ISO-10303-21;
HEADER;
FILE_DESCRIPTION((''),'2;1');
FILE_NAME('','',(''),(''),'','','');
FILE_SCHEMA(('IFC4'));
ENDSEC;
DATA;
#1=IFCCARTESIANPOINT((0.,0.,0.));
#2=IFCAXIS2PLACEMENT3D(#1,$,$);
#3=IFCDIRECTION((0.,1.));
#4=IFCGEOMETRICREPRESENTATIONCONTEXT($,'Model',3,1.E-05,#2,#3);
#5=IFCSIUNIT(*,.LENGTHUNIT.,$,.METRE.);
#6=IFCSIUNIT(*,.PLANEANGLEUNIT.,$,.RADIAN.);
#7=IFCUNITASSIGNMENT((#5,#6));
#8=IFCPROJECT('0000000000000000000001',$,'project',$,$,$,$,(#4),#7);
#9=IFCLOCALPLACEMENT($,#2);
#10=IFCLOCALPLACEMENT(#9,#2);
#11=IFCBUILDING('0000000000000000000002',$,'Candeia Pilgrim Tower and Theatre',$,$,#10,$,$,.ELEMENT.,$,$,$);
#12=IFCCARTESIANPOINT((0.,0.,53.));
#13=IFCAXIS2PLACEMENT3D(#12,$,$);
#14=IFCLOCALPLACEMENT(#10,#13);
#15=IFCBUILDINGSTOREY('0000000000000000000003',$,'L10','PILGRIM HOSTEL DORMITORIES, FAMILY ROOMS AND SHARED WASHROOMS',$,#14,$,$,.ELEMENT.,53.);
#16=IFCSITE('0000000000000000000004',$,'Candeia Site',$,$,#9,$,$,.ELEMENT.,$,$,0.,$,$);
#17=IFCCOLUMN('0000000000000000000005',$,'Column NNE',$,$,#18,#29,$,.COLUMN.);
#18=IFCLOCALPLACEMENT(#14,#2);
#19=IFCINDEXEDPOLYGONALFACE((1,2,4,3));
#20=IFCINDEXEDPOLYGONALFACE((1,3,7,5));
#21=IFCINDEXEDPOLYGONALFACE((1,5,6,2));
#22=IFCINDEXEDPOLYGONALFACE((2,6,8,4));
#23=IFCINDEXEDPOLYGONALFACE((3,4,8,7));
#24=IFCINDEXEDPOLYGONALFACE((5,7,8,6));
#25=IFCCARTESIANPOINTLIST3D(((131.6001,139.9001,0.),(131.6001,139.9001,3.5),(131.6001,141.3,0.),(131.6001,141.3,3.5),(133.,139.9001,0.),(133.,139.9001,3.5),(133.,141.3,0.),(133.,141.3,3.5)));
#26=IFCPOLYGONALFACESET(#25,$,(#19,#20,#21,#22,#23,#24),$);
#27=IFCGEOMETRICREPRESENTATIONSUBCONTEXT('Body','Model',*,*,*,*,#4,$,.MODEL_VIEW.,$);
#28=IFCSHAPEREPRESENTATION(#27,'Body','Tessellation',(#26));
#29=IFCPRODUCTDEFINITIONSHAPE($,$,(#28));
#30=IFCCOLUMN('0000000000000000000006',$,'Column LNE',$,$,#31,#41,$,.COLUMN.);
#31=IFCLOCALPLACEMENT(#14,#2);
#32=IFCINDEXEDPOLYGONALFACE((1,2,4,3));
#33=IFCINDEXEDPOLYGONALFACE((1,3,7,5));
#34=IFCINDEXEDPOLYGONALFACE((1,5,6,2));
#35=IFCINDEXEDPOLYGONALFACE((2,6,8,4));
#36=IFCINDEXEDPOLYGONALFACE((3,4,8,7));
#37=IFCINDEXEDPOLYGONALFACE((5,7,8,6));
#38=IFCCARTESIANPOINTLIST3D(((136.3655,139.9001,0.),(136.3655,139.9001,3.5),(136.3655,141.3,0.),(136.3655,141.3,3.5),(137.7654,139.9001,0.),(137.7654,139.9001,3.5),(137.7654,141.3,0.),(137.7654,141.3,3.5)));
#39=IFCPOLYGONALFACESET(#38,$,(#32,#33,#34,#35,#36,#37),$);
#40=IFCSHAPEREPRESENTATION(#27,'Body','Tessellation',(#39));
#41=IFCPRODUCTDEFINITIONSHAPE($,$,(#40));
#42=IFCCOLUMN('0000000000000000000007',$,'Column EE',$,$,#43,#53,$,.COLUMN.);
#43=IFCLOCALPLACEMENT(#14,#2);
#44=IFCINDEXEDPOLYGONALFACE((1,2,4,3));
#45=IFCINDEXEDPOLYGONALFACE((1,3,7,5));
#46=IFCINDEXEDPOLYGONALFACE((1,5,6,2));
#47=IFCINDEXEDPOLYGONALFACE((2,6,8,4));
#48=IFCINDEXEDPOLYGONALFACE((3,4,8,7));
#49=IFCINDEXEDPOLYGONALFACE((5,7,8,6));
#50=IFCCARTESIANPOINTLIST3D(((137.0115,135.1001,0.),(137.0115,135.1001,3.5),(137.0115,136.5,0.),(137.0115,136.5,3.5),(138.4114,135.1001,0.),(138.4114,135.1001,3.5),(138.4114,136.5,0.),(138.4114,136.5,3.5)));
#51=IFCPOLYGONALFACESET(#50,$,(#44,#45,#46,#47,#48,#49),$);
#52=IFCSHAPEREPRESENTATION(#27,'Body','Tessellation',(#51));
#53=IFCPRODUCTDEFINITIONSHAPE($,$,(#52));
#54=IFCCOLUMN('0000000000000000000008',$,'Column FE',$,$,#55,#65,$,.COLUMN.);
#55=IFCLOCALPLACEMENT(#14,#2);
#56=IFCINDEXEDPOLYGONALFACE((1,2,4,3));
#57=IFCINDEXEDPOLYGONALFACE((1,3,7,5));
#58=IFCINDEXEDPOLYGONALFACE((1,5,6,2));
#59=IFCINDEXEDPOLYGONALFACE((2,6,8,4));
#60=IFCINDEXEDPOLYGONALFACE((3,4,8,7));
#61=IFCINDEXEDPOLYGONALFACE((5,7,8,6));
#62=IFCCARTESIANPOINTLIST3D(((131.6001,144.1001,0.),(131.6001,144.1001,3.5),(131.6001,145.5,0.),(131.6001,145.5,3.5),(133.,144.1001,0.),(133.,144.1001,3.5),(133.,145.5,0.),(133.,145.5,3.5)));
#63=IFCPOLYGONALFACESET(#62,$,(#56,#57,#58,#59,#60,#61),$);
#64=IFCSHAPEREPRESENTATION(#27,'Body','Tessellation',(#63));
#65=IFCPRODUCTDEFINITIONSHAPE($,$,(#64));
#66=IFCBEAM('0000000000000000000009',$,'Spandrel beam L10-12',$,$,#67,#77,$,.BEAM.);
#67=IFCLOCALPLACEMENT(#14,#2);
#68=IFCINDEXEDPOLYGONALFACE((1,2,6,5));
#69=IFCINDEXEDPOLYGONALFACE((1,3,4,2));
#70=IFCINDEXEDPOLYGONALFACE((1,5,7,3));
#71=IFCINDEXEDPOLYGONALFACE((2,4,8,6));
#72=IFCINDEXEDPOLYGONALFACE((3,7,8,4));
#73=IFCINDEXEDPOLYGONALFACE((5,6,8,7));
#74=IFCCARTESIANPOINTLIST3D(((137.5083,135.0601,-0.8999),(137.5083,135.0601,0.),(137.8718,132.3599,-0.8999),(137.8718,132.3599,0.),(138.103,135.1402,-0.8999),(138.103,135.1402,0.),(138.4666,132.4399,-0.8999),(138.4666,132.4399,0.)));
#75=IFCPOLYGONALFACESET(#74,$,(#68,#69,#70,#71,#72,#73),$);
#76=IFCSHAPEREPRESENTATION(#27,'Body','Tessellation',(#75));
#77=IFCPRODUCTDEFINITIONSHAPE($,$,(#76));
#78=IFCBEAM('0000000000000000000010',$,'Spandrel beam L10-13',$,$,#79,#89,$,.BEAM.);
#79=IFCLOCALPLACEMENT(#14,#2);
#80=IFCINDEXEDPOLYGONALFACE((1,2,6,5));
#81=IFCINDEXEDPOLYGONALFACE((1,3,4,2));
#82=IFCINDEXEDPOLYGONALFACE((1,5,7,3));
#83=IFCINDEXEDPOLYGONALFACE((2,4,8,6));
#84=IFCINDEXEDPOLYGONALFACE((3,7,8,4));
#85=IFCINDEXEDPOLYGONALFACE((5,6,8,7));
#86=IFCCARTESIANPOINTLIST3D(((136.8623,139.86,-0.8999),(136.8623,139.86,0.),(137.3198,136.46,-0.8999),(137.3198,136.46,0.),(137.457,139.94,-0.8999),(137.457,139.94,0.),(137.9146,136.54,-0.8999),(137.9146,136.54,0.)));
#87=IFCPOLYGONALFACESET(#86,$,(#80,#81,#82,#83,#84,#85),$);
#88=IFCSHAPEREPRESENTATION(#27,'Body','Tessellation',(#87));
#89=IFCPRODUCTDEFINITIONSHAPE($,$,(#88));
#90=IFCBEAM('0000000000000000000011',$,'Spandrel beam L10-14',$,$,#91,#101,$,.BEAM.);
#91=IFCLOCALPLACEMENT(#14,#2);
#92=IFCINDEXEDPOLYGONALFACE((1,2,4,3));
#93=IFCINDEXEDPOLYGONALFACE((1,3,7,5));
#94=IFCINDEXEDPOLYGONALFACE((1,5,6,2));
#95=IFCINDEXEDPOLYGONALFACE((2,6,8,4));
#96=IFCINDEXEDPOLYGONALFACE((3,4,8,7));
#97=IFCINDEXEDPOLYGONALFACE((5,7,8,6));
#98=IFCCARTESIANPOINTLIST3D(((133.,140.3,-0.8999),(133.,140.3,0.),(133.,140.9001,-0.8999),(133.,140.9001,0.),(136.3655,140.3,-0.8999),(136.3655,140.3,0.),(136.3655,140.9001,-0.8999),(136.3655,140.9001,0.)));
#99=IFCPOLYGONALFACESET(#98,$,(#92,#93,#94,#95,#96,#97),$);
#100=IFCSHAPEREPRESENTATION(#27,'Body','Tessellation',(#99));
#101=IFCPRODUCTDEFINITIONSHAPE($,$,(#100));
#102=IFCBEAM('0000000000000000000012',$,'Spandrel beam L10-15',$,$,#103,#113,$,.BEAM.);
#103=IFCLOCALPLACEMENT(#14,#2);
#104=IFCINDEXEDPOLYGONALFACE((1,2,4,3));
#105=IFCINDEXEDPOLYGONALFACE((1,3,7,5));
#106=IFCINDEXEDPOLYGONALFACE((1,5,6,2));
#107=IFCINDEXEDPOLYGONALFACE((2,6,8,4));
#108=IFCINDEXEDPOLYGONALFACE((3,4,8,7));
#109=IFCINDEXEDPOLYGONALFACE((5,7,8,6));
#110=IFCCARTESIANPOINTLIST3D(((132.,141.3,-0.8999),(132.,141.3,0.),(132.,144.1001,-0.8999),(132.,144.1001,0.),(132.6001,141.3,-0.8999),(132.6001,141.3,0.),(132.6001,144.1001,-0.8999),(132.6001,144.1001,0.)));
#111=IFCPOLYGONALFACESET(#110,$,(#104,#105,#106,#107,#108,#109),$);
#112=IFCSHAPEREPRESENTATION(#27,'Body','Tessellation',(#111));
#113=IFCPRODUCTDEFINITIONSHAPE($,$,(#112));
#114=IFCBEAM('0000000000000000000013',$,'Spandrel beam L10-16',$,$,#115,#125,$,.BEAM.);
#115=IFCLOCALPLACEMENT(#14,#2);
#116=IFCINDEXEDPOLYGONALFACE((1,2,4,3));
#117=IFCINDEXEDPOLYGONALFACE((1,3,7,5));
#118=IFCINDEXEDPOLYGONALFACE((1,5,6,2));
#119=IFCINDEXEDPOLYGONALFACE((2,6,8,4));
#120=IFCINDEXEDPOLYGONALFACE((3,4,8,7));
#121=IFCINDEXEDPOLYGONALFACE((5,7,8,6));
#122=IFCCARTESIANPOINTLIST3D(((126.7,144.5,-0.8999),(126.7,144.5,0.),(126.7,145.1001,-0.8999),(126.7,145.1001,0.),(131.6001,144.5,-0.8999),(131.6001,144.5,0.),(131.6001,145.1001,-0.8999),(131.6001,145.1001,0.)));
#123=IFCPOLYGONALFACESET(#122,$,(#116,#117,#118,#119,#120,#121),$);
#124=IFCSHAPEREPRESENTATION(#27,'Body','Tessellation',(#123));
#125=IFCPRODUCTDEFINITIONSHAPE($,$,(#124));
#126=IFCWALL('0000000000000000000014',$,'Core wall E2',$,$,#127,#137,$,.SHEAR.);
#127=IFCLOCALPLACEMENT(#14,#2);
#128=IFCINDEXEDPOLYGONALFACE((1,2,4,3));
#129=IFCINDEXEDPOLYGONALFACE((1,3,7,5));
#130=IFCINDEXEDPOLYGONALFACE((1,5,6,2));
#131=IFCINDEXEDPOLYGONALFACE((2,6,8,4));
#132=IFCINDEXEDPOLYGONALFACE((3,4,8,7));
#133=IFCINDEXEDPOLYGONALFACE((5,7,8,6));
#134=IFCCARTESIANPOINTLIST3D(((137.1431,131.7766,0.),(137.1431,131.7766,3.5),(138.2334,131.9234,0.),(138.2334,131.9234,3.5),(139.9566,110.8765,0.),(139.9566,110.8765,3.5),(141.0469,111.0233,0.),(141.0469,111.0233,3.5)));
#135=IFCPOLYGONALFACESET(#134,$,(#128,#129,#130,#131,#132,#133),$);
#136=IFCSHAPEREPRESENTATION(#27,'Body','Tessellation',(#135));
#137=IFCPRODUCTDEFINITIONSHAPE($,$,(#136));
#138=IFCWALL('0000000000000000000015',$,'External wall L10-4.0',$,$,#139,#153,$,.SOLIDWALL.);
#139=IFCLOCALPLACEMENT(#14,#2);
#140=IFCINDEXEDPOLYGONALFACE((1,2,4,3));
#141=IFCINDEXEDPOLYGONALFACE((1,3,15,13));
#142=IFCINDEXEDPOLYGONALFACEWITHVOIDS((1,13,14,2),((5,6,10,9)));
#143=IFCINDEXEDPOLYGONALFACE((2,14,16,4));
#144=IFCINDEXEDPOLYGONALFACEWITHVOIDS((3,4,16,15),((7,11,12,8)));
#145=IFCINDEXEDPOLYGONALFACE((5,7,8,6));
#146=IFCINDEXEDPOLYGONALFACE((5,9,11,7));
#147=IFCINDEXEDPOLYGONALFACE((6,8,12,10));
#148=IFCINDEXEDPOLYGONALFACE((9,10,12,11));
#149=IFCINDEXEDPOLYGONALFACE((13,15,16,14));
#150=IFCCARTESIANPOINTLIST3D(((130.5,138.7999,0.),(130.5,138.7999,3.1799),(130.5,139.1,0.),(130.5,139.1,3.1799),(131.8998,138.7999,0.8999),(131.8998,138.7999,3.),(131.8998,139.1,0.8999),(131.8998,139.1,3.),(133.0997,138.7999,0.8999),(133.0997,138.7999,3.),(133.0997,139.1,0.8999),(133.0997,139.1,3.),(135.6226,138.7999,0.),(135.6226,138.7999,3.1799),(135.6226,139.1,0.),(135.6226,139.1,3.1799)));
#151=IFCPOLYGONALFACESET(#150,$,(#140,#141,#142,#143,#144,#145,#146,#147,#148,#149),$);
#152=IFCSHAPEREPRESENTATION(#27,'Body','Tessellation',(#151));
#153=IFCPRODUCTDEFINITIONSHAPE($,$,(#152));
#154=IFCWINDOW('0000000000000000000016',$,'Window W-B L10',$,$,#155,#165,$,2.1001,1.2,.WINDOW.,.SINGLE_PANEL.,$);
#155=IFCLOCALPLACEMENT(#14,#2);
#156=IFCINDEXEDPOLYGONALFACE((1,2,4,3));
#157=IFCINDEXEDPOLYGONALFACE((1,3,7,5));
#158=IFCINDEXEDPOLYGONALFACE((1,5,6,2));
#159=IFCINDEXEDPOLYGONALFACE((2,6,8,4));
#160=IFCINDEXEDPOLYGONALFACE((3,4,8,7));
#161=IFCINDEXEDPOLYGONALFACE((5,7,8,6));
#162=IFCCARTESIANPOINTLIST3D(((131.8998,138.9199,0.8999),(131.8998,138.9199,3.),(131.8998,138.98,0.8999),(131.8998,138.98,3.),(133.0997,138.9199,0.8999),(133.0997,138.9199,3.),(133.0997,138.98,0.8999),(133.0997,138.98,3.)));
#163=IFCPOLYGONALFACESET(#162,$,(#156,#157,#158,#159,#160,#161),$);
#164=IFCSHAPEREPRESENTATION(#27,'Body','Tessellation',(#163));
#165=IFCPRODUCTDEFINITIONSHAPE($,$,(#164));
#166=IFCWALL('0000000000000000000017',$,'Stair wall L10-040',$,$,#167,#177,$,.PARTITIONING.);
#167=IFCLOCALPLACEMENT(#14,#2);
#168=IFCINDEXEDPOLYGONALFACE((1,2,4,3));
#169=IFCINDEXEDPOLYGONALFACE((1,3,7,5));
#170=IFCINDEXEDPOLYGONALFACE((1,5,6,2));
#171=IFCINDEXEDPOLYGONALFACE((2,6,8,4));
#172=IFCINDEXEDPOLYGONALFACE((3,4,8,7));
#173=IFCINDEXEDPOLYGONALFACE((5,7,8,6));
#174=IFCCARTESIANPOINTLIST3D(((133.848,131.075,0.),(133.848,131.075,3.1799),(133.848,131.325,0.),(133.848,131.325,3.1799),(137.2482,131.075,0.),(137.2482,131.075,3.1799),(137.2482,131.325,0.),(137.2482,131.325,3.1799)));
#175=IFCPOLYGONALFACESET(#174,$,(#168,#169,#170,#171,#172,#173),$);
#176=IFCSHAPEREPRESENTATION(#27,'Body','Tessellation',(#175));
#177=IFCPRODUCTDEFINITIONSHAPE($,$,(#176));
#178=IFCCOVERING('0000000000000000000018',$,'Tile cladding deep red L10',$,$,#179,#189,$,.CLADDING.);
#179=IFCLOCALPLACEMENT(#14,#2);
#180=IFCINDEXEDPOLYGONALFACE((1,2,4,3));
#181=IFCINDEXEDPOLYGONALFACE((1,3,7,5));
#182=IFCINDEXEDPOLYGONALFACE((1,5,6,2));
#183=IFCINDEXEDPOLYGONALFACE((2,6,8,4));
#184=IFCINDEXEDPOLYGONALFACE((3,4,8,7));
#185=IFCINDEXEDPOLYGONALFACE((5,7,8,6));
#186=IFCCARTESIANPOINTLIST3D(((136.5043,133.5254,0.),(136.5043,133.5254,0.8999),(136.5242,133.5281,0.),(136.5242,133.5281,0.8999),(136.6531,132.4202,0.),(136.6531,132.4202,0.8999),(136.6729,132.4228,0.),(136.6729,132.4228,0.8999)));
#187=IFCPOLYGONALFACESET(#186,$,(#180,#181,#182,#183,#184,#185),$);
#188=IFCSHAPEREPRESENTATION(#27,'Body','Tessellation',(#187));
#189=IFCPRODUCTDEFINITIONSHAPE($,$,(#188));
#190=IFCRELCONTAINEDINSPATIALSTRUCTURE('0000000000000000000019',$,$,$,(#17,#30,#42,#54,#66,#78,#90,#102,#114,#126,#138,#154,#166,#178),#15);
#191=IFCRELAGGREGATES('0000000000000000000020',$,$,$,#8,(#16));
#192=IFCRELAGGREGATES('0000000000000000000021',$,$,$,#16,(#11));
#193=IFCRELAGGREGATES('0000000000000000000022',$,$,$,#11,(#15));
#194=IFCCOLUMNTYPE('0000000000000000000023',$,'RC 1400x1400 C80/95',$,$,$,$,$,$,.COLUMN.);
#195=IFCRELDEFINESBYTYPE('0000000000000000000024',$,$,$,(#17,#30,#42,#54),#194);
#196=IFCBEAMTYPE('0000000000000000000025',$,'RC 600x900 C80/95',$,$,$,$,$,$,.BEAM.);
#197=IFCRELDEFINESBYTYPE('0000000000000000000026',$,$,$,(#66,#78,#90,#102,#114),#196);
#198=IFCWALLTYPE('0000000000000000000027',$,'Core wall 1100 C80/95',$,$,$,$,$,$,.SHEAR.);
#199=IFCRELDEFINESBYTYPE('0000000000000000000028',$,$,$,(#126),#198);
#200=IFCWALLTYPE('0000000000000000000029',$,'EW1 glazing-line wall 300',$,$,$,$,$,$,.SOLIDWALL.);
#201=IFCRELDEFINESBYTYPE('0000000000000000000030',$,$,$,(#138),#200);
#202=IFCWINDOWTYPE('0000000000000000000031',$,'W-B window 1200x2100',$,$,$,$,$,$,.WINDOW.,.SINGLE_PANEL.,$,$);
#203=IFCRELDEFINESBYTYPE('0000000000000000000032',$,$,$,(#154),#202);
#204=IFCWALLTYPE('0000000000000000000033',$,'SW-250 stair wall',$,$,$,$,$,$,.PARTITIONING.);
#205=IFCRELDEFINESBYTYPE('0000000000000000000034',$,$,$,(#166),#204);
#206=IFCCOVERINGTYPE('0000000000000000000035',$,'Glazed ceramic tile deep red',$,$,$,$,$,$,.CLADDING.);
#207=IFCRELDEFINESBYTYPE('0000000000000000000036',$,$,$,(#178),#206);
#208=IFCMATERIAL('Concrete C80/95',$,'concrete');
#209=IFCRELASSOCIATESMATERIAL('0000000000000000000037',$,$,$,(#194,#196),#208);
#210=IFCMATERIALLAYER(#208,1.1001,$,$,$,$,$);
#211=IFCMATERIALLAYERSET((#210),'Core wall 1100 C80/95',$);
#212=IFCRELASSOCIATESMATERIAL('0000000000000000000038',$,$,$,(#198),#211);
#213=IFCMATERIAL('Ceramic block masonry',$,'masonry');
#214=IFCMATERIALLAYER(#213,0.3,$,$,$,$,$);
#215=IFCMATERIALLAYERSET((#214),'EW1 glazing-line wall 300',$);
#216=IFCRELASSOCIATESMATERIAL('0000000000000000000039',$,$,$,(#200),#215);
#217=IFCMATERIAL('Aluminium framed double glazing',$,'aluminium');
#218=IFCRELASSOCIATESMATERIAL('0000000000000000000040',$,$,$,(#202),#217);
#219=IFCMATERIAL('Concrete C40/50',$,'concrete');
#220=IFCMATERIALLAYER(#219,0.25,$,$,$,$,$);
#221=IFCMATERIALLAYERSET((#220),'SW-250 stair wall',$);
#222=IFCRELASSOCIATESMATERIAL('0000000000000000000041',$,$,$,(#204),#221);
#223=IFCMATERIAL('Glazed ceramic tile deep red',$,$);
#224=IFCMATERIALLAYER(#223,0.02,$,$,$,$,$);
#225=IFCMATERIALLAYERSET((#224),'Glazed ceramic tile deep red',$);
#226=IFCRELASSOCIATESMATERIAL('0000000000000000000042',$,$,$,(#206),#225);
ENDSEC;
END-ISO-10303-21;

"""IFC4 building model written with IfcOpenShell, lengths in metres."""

from ifc_helpers import new_model, si_unit, direction, frame, frame_2d, origin, origin_2d, place, context, subcontext, project, spatial, rectangle, extrude, material, layer, layer_set, material_profile, profile_set, type_object, element, fill, save


model = new_model("IFC4")

# Units and contexts
model_context = context("Model", 3, precision=1e-05, world=origin(), true_north=direction((0.0, 1.0)))
body_context = subcontext(model_context, "Body", "Model", "MODEL_VIEW")
ifc_project = project(units=[si_unit("LENGTHUNIT", "METRE"), si_unit("PLANEANGLEUNIT", "RADIAN")], contexts=[model_context])

# Site, building, storey
site_placement = place(None, origin())
site = spatial("IfcSite", under=ifc_project, at=site_placement, Name="Candeia Site", CompositionType="ELEMENT", RefElevation=0.0)
building_placement = place(site_placement, origin())
building = spatial("IfcBuilding", under=site, at=building_placement, Name="Candeia Pilgrim Tower and Theatre", CompositionType="ELEMENT")
storey_placement = place(building_placement, frame((0.0, 0.0, 53.0)))
storey = spatial("IfcBuildingStorey", under=building, at=storey_placement, Name="L10", Description="PILGRIM HOSTEL DORMITORIES, FAMILY ROOMS AND SHARED WASHROOMS", CompositionType="ELEMENT", Elevation=53.0)

# Columns
ifc_material_1 = material(Name="Concrete C80/95", Category="concrete")
ifc_material_profile_1 = material_profile(ifc_material_1, rectangle(XDim=1.3999, YDim=1.3999, at=origin_2d()))
ifc_profile_set_1 = profile_set([ifc_material_profile_1], Name="Concrete C80/95")
column_type = type_object("IfcColumnType", Name="RC 1400x1400 C80/95", PredefinedType="COLUMN", material=ifc_profile_set_1)
for number, where, z_axis, x_axis, name in (
    (1, (132.3, 140.6001, 0.0), (0.0, 0.0, 1.0), (1.0, 0.0, 0.0), "Column NNE"),
    (2, (137.0654, 140.6001, 0.0), (0.0, 0.0, 1.0), (1.0, 0.0, 0.0), "Column LNE"),
    (3, (137.7114, 135.8, 0.0), (0.0, 0.0, 1.0), (1.0, 0.0, 0.0), "Column EE"),
    (4, (132.3, 144.8, 0.0), (0.0, 0.0, 1.0), (1.0, 0.0, 0.0), "Column FE"),
):
    element("IfcColumn", number, at=place(storey_placement, frame(where, z_axis=z_axis, x_axis=x_axis)), inside=storey, type_object=column_type, Name=name, PredefinedType="COLUMN", context=body_context, shape_type="SweptSolid", body=[
        extrude(rectangle(XDim=1.3999, YDim=1.3999, at=origin_2d()), origin(), (0.0, 0.0, 1.0), 3.5),
    ])

# Beams
ifc_material_profile_2 = material_profile(ifc_material_1, rectangle(XDim=0.6001, YDim=0.8999, at=origin_2d()))
ifc_profile_set_2 = profile_set([ifc_material_profile_2], Name="Concrete C80/95")
beam_type = type_object("IfcBeamType", Name="RC 600x900 C80/95", PredefinedType="BEAM", material=ifc_profile_set_2)
beam_1_placement = place(storey_placement, frame((138.1692, 132.3999, -0.45), z_axis=(-0.133426, 0.991059, 0.0), x_axis=(-0.991059, -0.133426, 0.0)))
element("IfcBeam", 5, at=beam_1_placement, inside=storey, type_object=beam_type, Name="Spandrel beam L10-12", PredefinedType="BEAM", context=body_context, shape_type="SweptSolid", body=[
    extrude(rectangle(XDim=0.6001, YDim=0.8999, at=origin_2d()), origin(), (0.0, 0.0, 1.0), 2.7246),
])
beam_2_placement = place(storey_placement, frame((137.6172, 136.5, -0.45), z_axis=(-0.133366, 0.991067, 0.0), x_axis=(-0.991067, -0.133366, 0.0)))
element("IfcBeam", 6, at=beam_2_placement, inside=storey, type_object=beam_type, Name="Spandrel beam L10-13", PredefinedType="BEAM", context=body_context, shape_type="SweptSolid", body=[
    extrude(rectangle(XDim=0.6001, YDim=0.8999, at=origin_2d()), origin(), (0.0, 0.0, 1.0), 3.4307),
])
beam_3_placement = place(storey_placement, frame((136.3655, 140.6001, -0.45), z_axis=(-1.0, 0.0, 0.0), x_axis=(0.0, -1.0, 0.0)))
element("IfcBeam", 7, at=beam_3_placement, inside=storey, type_object=beam_type, Name="Spandrel beam L10-14", PredefinedType="BEAM", context=body_context, shape_type="SweptSolid", body=[
    extrude(rectangle(XDim=0.6001, YDim=0.8999, at=origin_2d()), origin(), (0.0, 0.0, 1.0), 3.3655),
])
beam_4_placement = place(storey_placement, frame((132.3, 141.3, -0.45), z_axis=(0.0, 1.0, 0.0), x_axis=(-1.0, 0.0, 0.0)))
element("IfcBeam", 8, at=beam_4_placement, inside=storey, type_object=beam_type, Name="Spandrel beam L10-15", PredefinedType="BEAM", context=body_context, shape_type="SweptSolid", body=[
    extrude(rectangle(XDim=0.6001, YDim=0.8999, at=origin_2d()), origin(), (0.0, 0.0, 1.0), 2.8),
])
beam_5_placement = place(storey_placement, frame((131.6001, 144.8, -0.45), z_axis=(-1.0, 0.0, 0.0), x_axis=(0.0, -1.0, 0.0)))
element("IfcBeam", 9, at=beam_5_placement, inside=storey, type_object=beam_type, Name="Spandrel beam L10-16", PredefinedType="BEAM", context=body_context, shape_type="SweptSolid", body=[
    extrude(rectangle(XDim=0.6001, YDim=0.8999, at=origin_2d()), origin(), (0.0, 0.0, 1.0), 4.9001),
])

# Wall
ifc_layer_1 = layer(ifc_material_1, 1.1001)
ifc_layer_set_1 = layer_set([ifc_layer_1], Name="Core wall 1100 C80/95")
wall_type_1 = type_object("IfcWallType", Name="Core wall 1100 C80/95", PredefinedType="SHEAR", material=ifc_layer_set_1)
wall_1_placement = place(storey_placement, frame((137.6882, 131.8501, 0.0), z_axis=(0.0, 0.0, 1.0), x_axis=(0.133412, -0.991061, 0.0)))
element("IfcWall", 10, at=wall_1_placement, inside=storey, type_object=wall_type_1, Name="Core wall E2", PredefinedType="SHEAR", context=body_context, shape_type="SweptSolid", body=[
    extrude(rectangle(XDim=21.0886, YDim=1.1001, at=frame_2d((10.5444, 0.0))), origin(), (0.0, 0.0, 1.0), 3.5),
])

# Shared definitions
ifc_material_2 = material(Name="Ceramic block masonry", Category="masonry")
ifc_layer_2 = layer(ifc_material_2, 0.3)
ifc_layer_set_2 = layer_set([ifc_layer_2], Name="EW1 glazing-line wall 300")
wall_type_2 = type_object("IfcWallType", Name="EW1 glazing-line wall 300", PredefinedType="SOLIDWALL", material=ifc_layer_set_2)
ifc_material_3 = material(Name="Aluminium framed double glazing", Category="aluminium")

# Wall, opening, window
wall_2_placement = place(storey_placement, frame((135.6226, 138.95, 0.0), z_axis=(0.0, 0.0, 1.0), x_axis=(-1.0, 0.0, 0.0)))
wall_2 = element("IfcWall", 11, at=wall_2_placement, inside=storey, type_object=wall_type_2, Name="External wall L10-4.0", PredefinedType="SOLIDWALL", context=body_context, shape_type="SweptSolid", body=[
    extrude(rectangle(XDim=5.1226, YDim=0.3, at=frame_2d((2.5613, 0.0))), origin(), (0.0, 0.0, 1.0), 3.1799),
])
opening_1_placement = place(wall_2_placement, frame((2.5227, 0.0, 0.8999)))
opening_1 = element("IfcOpeningElement", 12, at=opening_1_placement, cuts=wall_2, PredefinedType="OPENING", context=body_context, shape_type="SweptSolid", body=[
    extrude(rectangle(XDim=1.2, YDim=2.1001, at=frame_2d((0.6001, 1.05))), frame((0.0, 0.1602, 0.0), z_axis=(0.0, -1.0, 0.0), x_axis=(1.0, 0.0, 0.0)), (0.0, 0.0, 1.0), 0.3201),
])
window_type_1 = type_object("IfcWindowType", Name="W-B window 1200x2100", PartitioningType="SINGLE_PANEL", PredefinedType="WINDOW", material=ifc_material_3)
window_1_placement = place(opening_1_placement, origin())
window_1 = element("IfcWindow", 13, at=window_1_placement, inside=storey, type_object=window_type_1, Name="Window W-B L10", OverallHeight=2.1001, OverallWidth=1.2, PartitioningType="SINGLE_PANEL", PredefinedType="WINDOW", context=body_context, shape_type="SweptSolid", body=[
    extrude(rectangle(XDim=1.2, YDim=2.1001, at=frame_2d((0.6001, 1.05))), frame((0.0, 0.03, 0.0), z_axis=(0.0, -1.0, 0.0), x_axis=(1.0, 0.0, 0.0)), (0.0, 0.0, 1.0), 0.0601),
])
fill(opening_1, window_1)

# Wall
ifc_material_4 = material(Name="Concrete C40/50", Category="concrete")
ifc_layer_3 = layer(ifc_material_4, 0.25)
ifc_layer_set_3 = layer_set([ifc_layer_3], Name="SW-250 stair wall")
wall_type_3 = type_object("IfcWallType", Name="SW-250 stair wall", PredefinedType="PARTITIONING", material=ifc_layer_set_3)
wall_3_placement = place(storey_placement, frame((133.8479, 131.2, 0.0), z_axis=(0.0, 0.0, 1.0), x_axis=(1.0, 0.0, 0.0)))
element("IfcWall", 14, at=wall_3_placement, inside=storey, type_object=wall_type_3, Name="Stair wall L10-040", PredefinedType="PARTITIONING", context=body_context, shape_type="SweptSolid", body=[
    extrude(rectangle(XDim=3.4001, YDim=0.25, at=frame_2d((1.7002, 0.0))), origin(), (0.0, 0.0, 1.0), 3.1799),
])

# Covering
ifc_material_5 = material(Name="Glazed ceramic tile deep red")
ifc_layer_4 = layer(ifc_material_5, 0.02)
ifc_layer_set_4 = layer_set([ifc_layer_4], Name="Glazed ceramic tile deep red")
covering_type = type_object("IfcCoveringType", Name="Glazed ceramic tile deep red", PredefinedType="CLADDING", material=ifc_layer_set_4)
covering_1_placement = place(storey_placement, frame((136.5886, 132.9741, 0.0), z_axis=(0.0, 0.0, 1.0), x_axis=(-0.133412, 0.991061, 0.0)))
element("IfcCovering", 15, at=covering_1_placement, inside=storey, type_object=covering_type, Name="Tile cladding deep red L10", PredefinedType="CLADDING", context=body_context, shape_type="SweptSolid", body=[
    extrude(rectangle(XDim=1.1152, YDim=0.02, at=origin_2d()), origin(), (0.0, 0.0, 1.0), 0.8999),
])

save(model, "model.ifc")
